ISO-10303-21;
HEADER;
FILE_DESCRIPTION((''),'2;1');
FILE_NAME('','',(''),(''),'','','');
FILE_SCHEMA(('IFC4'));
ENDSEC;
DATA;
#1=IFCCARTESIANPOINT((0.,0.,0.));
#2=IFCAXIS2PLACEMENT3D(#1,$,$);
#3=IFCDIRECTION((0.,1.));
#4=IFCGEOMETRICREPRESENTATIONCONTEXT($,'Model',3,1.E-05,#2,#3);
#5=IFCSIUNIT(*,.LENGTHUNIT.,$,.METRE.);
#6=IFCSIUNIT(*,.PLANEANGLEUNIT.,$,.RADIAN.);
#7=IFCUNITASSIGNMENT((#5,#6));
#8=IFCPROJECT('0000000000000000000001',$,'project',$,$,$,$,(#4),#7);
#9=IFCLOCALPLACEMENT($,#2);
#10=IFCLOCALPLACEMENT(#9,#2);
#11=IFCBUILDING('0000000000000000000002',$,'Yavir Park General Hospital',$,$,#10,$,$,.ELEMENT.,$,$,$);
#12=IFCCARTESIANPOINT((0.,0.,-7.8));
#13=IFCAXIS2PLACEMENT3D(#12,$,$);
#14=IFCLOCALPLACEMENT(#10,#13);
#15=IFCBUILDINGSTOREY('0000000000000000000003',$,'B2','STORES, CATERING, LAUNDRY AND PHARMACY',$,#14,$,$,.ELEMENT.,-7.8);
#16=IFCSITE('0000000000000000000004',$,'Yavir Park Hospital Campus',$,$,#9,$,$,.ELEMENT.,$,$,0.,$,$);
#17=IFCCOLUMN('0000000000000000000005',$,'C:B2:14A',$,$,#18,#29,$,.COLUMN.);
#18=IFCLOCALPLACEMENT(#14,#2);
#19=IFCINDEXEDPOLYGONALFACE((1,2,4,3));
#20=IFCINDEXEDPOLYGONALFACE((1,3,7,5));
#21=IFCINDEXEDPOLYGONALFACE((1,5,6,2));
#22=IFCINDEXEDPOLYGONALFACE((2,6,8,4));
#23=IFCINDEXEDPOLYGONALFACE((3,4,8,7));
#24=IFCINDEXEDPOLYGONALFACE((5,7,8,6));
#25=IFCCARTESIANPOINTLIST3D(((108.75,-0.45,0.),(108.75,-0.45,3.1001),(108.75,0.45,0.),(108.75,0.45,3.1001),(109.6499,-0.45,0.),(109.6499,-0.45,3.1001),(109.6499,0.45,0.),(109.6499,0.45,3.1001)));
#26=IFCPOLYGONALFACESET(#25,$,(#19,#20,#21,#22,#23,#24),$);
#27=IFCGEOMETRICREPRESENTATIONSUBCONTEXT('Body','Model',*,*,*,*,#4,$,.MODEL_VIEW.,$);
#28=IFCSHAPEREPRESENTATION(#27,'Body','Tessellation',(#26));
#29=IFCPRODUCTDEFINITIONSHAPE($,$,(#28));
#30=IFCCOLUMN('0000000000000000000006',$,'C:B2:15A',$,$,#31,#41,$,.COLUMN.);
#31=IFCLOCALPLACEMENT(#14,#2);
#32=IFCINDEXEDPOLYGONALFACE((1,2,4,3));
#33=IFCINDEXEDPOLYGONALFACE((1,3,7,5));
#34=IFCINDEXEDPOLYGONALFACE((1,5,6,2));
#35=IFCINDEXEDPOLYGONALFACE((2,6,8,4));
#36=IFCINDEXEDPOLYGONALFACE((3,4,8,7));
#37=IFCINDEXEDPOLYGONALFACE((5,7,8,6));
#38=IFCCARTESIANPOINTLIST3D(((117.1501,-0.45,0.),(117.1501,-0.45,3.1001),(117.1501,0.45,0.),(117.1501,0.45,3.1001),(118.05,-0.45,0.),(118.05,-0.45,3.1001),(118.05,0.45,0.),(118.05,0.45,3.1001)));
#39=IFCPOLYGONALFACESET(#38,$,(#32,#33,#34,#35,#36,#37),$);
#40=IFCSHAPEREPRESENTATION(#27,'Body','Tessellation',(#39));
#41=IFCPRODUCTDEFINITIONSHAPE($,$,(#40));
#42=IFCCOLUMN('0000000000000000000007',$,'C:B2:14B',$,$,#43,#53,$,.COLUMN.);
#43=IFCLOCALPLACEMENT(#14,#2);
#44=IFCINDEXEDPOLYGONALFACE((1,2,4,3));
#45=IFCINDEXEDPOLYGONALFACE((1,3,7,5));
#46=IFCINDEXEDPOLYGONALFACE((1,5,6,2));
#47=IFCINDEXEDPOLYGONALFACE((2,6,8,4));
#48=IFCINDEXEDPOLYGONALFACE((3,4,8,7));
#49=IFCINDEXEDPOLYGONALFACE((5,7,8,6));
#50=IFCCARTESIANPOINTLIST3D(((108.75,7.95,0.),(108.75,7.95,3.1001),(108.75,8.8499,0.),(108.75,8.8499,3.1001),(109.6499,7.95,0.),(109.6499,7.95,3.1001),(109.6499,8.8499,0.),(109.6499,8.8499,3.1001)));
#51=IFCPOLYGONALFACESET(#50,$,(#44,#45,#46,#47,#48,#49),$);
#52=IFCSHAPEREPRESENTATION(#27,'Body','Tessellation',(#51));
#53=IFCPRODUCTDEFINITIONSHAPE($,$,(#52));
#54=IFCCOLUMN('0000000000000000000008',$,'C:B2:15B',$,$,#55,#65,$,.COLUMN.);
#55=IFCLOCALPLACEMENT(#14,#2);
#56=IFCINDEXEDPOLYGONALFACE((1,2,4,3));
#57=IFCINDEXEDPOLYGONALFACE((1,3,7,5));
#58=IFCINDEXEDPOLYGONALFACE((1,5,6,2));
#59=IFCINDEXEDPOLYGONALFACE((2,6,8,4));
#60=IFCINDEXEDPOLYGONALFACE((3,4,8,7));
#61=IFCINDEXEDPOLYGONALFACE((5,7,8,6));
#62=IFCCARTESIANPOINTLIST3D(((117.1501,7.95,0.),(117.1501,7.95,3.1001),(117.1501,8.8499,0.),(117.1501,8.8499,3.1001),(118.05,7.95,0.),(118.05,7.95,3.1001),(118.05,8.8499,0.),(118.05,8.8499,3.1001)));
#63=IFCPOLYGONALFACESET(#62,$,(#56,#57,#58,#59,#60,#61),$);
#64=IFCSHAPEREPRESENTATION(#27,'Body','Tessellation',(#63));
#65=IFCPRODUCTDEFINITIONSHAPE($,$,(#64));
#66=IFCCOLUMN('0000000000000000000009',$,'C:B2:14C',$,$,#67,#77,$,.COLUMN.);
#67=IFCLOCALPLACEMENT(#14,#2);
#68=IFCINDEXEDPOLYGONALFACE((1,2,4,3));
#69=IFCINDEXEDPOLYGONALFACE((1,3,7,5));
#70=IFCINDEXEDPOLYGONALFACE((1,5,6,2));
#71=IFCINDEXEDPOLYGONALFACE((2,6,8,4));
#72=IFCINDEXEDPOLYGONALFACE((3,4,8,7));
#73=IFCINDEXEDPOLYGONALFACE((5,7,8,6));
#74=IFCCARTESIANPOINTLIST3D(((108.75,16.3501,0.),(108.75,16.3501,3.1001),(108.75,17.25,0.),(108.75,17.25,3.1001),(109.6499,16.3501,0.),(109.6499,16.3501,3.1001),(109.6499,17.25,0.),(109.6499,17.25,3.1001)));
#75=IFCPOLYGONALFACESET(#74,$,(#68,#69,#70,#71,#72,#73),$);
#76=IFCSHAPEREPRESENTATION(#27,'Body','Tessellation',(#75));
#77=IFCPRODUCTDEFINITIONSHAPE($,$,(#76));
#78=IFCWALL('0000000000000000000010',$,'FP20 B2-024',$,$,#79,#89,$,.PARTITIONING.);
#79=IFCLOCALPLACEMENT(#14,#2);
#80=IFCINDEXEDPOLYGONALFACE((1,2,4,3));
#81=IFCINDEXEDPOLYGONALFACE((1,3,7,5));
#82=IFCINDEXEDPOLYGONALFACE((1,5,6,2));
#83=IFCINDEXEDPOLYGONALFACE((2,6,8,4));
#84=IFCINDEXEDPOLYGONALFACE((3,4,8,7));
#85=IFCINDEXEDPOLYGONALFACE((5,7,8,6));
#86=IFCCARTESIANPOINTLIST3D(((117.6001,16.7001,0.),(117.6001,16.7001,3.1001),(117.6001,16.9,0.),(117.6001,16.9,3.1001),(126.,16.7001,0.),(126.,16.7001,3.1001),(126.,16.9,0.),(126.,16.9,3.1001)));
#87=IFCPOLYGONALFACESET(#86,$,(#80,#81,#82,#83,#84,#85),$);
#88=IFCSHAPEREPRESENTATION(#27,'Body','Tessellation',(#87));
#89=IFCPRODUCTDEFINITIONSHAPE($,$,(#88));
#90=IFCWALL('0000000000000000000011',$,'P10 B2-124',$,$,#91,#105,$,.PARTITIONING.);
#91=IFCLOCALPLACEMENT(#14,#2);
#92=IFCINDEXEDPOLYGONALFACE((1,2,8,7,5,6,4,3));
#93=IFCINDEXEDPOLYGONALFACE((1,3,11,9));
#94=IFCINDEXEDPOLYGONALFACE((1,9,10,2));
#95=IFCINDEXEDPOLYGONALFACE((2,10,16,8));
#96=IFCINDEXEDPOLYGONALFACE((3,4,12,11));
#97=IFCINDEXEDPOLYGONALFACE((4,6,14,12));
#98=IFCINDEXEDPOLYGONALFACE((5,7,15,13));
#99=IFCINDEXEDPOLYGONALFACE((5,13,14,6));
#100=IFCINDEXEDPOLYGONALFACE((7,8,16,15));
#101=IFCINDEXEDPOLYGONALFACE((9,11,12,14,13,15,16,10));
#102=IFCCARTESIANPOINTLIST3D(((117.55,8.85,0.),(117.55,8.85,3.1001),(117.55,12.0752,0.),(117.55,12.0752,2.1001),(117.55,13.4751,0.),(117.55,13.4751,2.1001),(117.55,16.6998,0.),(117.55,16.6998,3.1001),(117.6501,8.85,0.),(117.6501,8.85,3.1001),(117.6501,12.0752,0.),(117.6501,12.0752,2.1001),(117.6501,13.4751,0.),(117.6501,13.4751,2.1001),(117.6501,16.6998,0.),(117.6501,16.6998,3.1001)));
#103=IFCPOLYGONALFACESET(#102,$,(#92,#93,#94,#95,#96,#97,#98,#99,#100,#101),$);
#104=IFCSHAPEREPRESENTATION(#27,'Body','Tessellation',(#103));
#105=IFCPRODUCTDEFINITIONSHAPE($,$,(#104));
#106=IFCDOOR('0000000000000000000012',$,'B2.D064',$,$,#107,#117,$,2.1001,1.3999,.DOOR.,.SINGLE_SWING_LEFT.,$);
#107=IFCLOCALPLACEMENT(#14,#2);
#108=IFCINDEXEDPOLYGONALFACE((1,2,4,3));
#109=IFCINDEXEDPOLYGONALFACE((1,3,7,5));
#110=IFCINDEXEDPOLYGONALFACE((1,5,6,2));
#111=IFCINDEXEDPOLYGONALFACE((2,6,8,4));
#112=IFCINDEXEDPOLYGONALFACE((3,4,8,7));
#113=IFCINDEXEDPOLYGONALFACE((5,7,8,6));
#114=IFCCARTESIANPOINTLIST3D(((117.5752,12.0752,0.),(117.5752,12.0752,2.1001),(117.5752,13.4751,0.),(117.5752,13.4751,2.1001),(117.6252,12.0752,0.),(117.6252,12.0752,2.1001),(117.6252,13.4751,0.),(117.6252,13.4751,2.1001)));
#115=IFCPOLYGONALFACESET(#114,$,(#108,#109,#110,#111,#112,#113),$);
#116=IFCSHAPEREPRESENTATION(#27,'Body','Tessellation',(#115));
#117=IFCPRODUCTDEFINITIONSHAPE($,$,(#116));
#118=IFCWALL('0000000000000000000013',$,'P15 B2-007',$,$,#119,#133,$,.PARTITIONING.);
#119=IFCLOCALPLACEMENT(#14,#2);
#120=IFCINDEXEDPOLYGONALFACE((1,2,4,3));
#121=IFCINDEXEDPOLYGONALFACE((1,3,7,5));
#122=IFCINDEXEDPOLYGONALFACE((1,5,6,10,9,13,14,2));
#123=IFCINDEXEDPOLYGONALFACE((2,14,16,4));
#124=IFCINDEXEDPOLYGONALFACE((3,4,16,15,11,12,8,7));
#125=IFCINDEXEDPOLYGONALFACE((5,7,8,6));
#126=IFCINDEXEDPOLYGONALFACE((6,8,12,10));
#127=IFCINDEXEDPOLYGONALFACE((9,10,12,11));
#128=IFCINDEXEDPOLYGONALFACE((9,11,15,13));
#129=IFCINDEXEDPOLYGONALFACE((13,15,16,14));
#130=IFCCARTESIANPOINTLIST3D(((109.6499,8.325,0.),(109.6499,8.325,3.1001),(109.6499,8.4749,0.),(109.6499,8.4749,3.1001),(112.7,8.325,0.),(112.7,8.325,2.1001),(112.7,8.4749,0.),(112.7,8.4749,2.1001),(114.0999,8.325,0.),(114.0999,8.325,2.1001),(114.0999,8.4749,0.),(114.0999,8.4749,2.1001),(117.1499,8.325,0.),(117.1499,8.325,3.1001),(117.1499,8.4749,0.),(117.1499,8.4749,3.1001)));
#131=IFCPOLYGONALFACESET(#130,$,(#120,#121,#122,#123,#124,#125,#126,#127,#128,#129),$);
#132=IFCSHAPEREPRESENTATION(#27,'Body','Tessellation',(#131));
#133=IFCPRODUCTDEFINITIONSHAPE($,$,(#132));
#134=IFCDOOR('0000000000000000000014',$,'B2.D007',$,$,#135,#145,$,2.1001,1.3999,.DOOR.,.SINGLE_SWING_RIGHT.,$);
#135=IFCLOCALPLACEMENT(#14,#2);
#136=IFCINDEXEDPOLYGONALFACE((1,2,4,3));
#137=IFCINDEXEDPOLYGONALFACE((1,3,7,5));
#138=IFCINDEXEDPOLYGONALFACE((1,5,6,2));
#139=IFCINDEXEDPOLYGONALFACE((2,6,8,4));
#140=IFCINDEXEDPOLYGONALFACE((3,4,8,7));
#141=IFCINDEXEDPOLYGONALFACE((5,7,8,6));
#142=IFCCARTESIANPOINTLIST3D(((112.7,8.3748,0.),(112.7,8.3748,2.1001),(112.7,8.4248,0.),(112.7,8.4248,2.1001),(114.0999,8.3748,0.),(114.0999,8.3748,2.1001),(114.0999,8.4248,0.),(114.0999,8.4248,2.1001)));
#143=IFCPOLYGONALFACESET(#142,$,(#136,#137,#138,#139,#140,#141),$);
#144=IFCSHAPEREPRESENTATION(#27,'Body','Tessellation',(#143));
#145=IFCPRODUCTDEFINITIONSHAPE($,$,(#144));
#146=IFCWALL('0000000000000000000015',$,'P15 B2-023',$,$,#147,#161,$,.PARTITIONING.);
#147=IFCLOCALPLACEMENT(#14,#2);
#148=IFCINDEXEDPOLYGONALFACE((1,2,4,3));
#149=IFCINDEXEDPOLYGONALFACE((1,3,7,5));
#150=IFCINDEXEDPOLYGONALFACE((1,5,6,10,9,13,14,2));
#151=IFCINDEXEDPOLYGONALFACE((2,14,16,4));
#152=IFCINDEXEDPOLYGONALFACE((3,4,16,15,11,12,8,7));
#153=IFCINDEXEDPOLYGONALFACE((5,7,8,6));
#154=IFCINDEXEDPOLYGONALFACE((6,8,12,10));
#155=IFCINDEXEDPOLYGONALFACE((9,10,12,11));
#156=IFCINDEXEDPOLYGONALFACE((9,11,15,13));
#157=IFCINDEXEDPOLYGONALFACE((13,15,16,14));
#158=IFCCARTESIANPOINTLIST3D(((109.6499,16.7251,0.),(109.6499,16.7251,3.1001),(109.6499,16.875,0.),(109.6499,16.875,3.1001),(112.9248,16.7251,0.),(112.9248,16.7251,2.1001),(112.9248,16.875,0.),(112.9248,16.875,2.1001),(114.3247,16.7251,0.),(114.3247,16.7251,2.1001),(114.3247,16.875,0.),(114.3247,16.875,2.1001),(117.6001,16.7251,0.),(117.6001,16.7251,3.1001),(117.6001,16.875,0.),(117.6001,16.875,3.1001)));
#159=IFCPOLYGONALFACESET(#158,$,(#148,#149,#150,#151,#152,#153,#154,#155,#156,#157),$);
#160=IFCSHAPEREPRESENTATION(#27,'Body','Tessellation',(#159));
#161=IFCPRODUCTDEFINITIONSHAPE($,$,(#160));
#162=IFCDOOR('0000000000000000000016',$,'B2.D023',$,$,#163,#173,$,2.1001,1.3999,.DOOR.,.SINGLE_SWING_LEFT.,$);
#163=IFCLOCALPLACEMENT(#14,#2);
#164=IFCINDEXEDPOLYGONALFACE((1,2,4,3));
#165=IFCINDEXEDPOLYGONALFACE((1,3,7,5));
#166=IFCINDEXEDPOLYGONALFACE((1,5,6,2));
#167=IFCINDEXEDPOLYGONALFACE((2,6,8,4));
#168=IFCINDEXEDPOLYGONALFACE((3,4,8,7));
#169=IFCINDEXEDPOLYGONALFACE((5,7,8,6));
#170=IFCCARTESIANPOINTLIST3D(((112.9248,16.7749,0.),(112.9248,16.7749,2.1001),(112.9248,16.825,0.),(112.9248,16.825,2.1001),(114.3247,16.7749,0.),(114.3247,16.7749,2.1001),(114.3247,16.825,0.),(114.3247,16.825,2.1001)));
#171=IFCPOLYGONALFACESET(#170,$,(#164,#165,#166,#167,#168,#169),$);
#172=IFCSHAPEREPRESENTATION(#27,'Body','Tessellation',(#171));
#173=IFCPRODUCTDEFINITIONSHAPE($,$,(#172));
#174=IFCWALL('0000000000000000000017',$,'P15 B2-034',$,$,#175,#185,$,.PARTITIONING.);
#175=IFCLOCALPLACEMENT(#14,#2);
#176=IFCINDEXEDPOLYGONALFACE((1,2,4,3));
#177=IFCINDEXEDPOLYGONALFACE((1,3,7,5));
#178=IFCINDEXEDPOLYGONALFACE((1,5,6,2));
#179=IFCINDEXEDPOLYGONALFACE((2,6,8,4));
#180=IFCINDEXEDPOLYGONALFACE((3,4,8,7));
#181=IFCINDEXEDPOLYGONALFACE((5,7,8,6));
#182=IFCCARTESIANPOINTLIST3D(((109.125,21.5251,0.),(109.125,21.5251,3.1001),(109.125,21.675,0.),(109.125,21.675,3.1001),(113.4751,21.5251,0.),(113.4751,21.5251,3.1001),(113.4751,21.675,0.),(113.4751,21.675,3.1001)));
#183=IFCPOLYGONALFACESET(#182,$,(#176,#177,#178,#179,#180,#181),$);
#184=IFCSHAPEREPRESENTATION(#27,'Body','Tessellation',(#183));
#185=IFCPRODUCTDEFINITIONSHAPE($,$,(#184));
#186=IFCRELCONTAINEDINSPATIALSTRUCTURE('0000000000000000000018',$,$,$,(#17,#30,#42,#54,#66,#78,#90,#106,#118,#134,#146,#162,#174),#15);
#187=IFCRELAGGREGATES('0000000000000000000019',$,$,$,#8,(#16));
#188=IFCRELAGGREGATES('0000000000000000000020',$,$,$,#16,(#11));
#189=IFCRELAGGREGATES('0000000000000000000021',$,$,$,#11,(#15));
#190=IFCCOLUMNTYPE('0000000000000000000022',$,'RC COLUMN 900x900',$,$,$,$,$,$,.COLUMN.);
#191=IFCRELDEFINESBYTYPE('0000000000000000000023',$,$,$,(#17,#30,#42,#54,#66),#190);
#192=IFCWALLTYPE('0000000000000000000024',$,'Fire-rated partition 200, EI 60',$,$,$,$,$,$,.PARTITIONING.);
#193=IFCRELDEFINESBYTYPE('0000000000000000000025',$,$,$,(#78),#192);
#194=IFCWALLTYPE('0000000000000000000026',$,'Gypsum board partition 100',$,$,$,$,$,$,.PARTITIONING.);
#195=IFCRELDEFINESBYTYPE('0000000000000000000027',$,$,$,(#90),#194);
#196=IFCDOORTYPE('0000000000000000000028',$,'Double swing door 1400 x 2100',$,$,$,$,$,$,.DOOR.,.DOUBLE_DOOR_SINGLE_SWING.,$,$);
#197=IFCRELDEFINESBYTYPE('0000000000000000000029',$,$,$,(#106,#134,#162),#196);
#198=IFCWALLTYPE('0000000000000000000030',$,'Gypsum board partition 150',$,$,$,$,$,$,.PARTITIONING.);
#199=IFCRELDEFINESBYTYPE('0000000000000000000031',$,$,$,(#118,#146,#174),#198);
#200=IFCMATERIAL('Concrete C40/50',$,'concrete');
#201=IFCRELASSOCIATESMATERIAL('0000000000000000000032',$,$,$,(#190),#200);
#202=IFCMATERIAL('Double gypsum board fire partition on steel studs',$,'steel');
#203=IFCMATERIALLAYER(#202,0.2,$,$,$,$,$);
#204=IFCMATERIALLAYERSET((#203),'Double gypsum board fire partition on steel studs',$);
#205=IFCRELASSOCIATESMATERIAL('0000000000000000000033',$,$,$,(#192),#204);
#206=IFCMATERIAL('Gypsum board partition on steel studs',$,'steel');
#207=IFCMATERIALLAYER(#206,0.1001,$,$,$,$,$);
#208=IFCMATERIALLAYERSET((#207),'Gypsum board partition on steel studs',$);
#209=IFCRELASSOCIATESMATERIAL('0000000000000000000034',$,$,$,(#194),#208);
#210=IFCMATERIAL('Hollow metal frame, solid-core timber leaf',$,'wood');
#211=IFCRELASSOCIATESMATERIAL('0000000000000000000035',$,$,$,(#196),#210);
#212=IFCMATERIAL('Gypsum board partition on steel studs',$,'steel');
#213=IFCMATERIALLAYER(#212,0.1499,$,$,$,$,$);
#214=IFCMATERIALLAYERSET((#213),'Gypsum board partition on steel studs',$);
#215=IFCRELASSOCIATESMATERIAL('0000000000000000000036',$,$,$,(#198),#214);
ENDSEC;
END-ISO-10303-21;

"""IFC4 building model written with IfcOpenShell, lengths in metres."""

from ifc_helpers import new_model, si_unit, direction, frame, frame_2d, origin, origin_2d, place, context, subcontext, project, spatial, rectangle, extrude, material, layer, layer_set, material_profile, profile_set, type_object, element, fill, save


model = new_model("IFC4")

# Units and contexts
model_context = context("Model", 3, precision=1e-05, world=origin(), true_north=direction((0.0, 1.0)))
body_context = subcontext(model_context, "Body", "Model", "MODEL_VIEW")
ifc_project = project(units=[si_unit("LENGTHUNIT", "METRE"), si_unit("PLANEANGLEUNIT", "RADIAN")], contexts=[model_context])

# Site, building, storey
site_placement = place(None, origin())
site = spatial("IfcSite", under=ifc_project, at=site_placement, Name="Yavir Park Hospital Campus", CompositionType="ELEMENT", RefElevation=0.0)
building_placement = place(site_placement, origin())
building = spatial("IfcBuilding", under=site, at=building_placement, Name="Yavir Park General Hospital", CompositionType="ELEMENT")
storey_placement = place(building_placement, frame((0.0, 0.0, -7.8)))
storey = spatial("IfcBuildingStorey", under=building, at=storey_placement, Name="B2", Description="STORES, CATERING, LAUNDRY AND PHARMACY", CompositionType="ELEMENT", Elevation=-7.8)

# Columns
ifc_material_1 = material(Name="Concrete C40/50", Category="concrete")
ifc_material_profile = material_profile(ifc_material_1, rectangle(XDim=0.8999, YDim=0.8999, at=origin_2d()), Name="RC900x900")
ifc_profile_set = profile_set([ifc_material_profile], Name="Concrete C40/50")
column_type = type_object("IfcColumnType", Name="RC COLUMN 900x900", PredefinedType="COLUMN", material=ifc_profile_set)
for number, where, z_axis, x_axis, name in (
    (1, (109.2, 0.0, 0.0), (0.0, 0.0, 1.0), (1.0, 0.0, 0.0), "C:B2:14A"),
    (2, (117.6001, 0.0, 0.0), (0.0, 0.0, 1.0), (1.0, 0.0, 0.0), "C:B2:15A"),
    (3, (109.2, 8.3999, 0.0), (0.0, 0.0, 1.0), (1.0, 0.0, 0.0), "C:B2:14B"),
    (4, (117.6001, 8.3999, 0.0), (0.0, 0.0, 1.0), (1.0, 0.0, 0.0), "C:B2:15B"),
    (5, (109.2, 16.8, 0.0), (0.0, 0.0, 1.0), (1.0, 0.0, 0.0), "C:B2:14C"),
):
    element("IfcColumn", number, at=place(storey_placement, frame(where, z_axis=z_axis, x_axis=x_axis)), inside=storey, type_object=column_type, Name=name, PredefinedType="COLUMN", context=body_context, shape_type="SweptSolid", body=[
        extrude(rectangle(XDim=0.8999, YDim=0.8999, at=origin_2d()), origin(), (0.0, 0.0, 1.0), 3.1001),
    ])

# Wall
ifc_material_2 = material(Name="Double gypsum board fire partition on steel studs", Category="steel")
ifc_layer_1 = layer(ifc_material_2, 0.2)
ifc_layer_set_1 = layer_set([ifc_layer_1], Name="Double gypsum board fire partition on steel studs")
wall_type_1 = type_object("IfcWallType", Name="Fire-rated partition 200, EI 60", PredefinedType="PARTITIONING", material=ifc_layer_set_1)
wall_1_placement = place(storey_placement, frame((117.6001, 16.8, 0.0), z_axis=(0.0, 0.0, 1.0), x_axis=(1.0, 0.0, 0.0)))
element("IfcWall", 6, at=wall_1_placement, inside=storey, type_object=wall_type_1, Name="FP20 B2-024", PredefinedType="PARTITIONING", context=body_context, shape_type="SweptSolid", body=[
    extrude(rectangle(XDim=8.3999, YDim=0.2, at=frame_2d((4.2, 0.0))), origin(), (0.0, 0.0, 1.0), 3.1001),
])

# Walls, openings, doors
ifc_material_3 = material(Name="Gypsum board partition on steel studs", Category="steel")
ifc_layer_2 = layer(ifc_material_3, 0.1001)
ifc_layer_set_2 = layer_set([ifc_layer_2], Name="Gypsum board partition on steel studs")
wall_type_2 = type_object("IfcWallType", Name="Gypsum board partition 100", PredefinedType="PARTITIONING", material=ifc_layer_set_2)
wall_2_placement = place(storey_placement, frame((117.6001, 8.8501, 0.0), z_axis=(0.0, 0.0, 1.0), x_axis=(0.0, 1.0, 0.0)))
wall_2 = element("IfcWall", 7, at=wall_2_placement, inside=storey, type_object=wall_type_2, Name="P10 B2-124", PredefinedType="PARTITIONING", context=body_context, shape_type="SweptSolid", body=[
    extrude(rectangle(XDim=7.8499, YDim=0.1001, at=frame_2d((3.9248, 0.0))), origin(), (0.0, 0.0, 1.0), 3.1001),
])
opening_1_placement = place(wall_2_placement, frame((3.2251, 0.0, 0.0)))
opening_1 = element("IfcOpeningElement", 8, at=opening_1_placement, cuts=wall_2, PredefinedType="OPENING", context=body_context, shape_type="SweptSolid", body=[
    extrude(rectangle(XDim=1.3999, YDim=2.1001, at=frame_2d((0.7, 1.05))), frame((0.0, 0.0601, 0.0), z_axis=(0.0, -1.0, 0.0), x_axis=(1.0, 0.0, 0.0)), (0.0, 0.0, 1.0), 0.1201),
])
ifc_material_4 = material(Name="Hollow metal frame, solid-core timber leaf", Category="wood")
door_type_1 = type_object("IfcDoorType", Name="Double swing door 1400 x 2100", OperationType="DOUBLE_DOOR_SINGLE_SWING", PredefinedType="DOOR", material=ifc_material_4)
door_1_placement = place(opening_1_placement, origin())
door_1 = element("IfcDoor", 9, at=door_1_placement, inside=storey, type_object=door_type_1, Name="B2.D064", OperationType="SINGLE_SWING_LEFT", OverallHeight=2.1001, OverallWidth=1.3999, PredefinedType="DOOR", context=body_context, shape_type="SweptSolid", body=[
    extrude(rectangle(XDim=1.3999, YDim=2.1001, at=frame_2d((0.7, 1.05))), frame((0.0, 0.0249, 0.0), z_axis=(0.0, -1.0, 0.0), x_axis=(1.0, 0.0, 0.0)), (0.0, 0.0, 1.0), 0.05),
])
fill(opening_1, door_1)
ifc_material_5 = material(Name="Gypsum board partition on steel studs", Category="steel")
ifc_layer_3 = layer(ifc_material_5, 0.1499)
ifc_layer_set_3 = layer_set([ifc_layer_3], Name="Gypsum board partition on steel studs")
wall_type_3 = type_object("IfcWallType", Name="Gypsum board partition 150", PredefinedType="PARTITIONING", material=ifc_layer_set_3)
wall_3_placement = place(storey_placement, frame((109.6499, 8.3999, 0.0), z_axis=(0.0, 0.0, 1.0), x_axis=(1.0, 0.0, 0.0)))
wall_3 = element("IfcWall", 10, at=wall_3_placement, inside=storey, type_object=wall_type_3, Name="P15 B2-007", PredefinedType="PARTITIONING", context=body_context, shape_type="SweptSolid", body=[
    extrude(rectangle(XDim=7.5, YDim=0.1499, at=frame_2d((3.75, 0.0))), origin(), (0.0, 0.0, 1.0), 3.1001),
])
opening_2_placement = place(wall_3_placement, frame((3.05, 0.0, 0.0)))
opening_2 = element("IfcOpeningElement", 11, at=opening_2_placement, cuts=wall_3, PredefinedType="OPENING", context=body_context, shape_type="SweptSolid", body=[
    extrude(rectangle(XDim=1.3999, YDim=2.1001, at=frame_2d((0.7, 1.05))), frame((0.0, 0.085, 0.0), z_axis=(0.0, -1.0, 0.0), x_axis=(1.0, 0.0, 0.0)), (0.0, 0.0, 1.0), 0.1699),
])
door_2_placement = place(opening_2_placement, origin())
door_2 = element("IfcDoor", 12, at=door_2_placement, inside=storey, type_object=door_type_1, Name="B2.D007", OperationType="SINGLE_SWING_RIGHT", OverallHeight=2.1001, OverallWidth=1.3999, PredefinedType="DOOR", context=body_context, shape_type="SweptSolid", body=[
    extrude(rectangle(XDim=1.3999, YDim=2.1001, at=frame_2d((0.7, 1.05))), frame((0.0, 0.0249, 0.0), z_axis=(0.0, -1.0, 0.0), x_axis=(1.0, 0.0, 0.0)), (0.0, 0.0, 1.0), 0.05),
])
fill(opening_2, door_2)
wall_4_placement = place(storey_placement, frame((109.6499, 16.8, 0.0), z_axis=(0.0, 0.0, 1.0), x_axis=(1.0, 0.0, 0.0)))
wall_4 = element("IfcWall", 13, at=wall_4_placement, inside=storey, type_object=wall_type_3, Name="P15 B2-023", PredefinedType="PARTITIONING", context=body_context, shape_type="SweptSolid", body=[
    extrude(rectangle(XDim=7.9502, YDim=0.1499, at=frame_2d((3.9751, 0.0))), origin(), (0.0, 0.0, 1.0), 3.1001),
])
opening_3_placement = place(wall_4_placement, frame((3.2749, 0.0, 0.0)))
opening_3 = element("IfcOpeningElement", 14, at=opening_3_placement, cuts=wall_4, PredefinedType="OPENING", context=body_context, shape_type="SweptSolid", body=[
    extrude(rectangle(XDim=1.3999, YDim=2.1001, at=frame_2d((0.7, 1.05))), frame((0.0, 0.085, 0.0), z_axis=(0.0, -1.0, 0.0), x_axis=(1.0, 0.0, 0.0)), (0.0, 0.0, 1.0), 0.1699),
])
door_3_placement = place(opening_3_placement, origin())
door_3 = element("IfcDoor", 15, at=door_3_placement, inside=storey, type_object=door_type_1, Name="B2.D023", OperationType="SINGLE_SWING_LEFT", OverallHeight=2.1001, OverallWidth=1.3999, PredefinedType="DOOR", context=body_context, shape_type="SweptSolid", body=[
    extrude(rectangle(XDim=1.3999, YDim=2.1001, at=frame_2d((0.7, 1.05))), frame((0.0, 0.0249, 0.0), z_axis=(0.0, -1.0, 0.0), x_axis=(1.0, 0.0, 0.0)), (0.0, 0.0, 1.0), 0.05),
])
fill(opening_3, door_3)

# Wall
wall_5_placement = place(storey_placement, frame((109.125, 21.6001, 0.0), z_axis=(0.0, 0.0, 1.0), x_axis=(1.0, 0.0, 0.0)))
element("IfcWall", 16, at=wall_5_placement, inside=storey, type_object=wall_type_3, Name="P15 B2-034", PredefinedType="PARTITIONING", context=body_context, shape_type="SweptSolid", body=[
    extrude(rectangle(XDim=4.3501, YDim=0.1499, at=frame_2d((2.175, 0.0))), origin(), (0.0, 0.0, 1.0), 3.1001),
])

save(model, "model.ifc")
